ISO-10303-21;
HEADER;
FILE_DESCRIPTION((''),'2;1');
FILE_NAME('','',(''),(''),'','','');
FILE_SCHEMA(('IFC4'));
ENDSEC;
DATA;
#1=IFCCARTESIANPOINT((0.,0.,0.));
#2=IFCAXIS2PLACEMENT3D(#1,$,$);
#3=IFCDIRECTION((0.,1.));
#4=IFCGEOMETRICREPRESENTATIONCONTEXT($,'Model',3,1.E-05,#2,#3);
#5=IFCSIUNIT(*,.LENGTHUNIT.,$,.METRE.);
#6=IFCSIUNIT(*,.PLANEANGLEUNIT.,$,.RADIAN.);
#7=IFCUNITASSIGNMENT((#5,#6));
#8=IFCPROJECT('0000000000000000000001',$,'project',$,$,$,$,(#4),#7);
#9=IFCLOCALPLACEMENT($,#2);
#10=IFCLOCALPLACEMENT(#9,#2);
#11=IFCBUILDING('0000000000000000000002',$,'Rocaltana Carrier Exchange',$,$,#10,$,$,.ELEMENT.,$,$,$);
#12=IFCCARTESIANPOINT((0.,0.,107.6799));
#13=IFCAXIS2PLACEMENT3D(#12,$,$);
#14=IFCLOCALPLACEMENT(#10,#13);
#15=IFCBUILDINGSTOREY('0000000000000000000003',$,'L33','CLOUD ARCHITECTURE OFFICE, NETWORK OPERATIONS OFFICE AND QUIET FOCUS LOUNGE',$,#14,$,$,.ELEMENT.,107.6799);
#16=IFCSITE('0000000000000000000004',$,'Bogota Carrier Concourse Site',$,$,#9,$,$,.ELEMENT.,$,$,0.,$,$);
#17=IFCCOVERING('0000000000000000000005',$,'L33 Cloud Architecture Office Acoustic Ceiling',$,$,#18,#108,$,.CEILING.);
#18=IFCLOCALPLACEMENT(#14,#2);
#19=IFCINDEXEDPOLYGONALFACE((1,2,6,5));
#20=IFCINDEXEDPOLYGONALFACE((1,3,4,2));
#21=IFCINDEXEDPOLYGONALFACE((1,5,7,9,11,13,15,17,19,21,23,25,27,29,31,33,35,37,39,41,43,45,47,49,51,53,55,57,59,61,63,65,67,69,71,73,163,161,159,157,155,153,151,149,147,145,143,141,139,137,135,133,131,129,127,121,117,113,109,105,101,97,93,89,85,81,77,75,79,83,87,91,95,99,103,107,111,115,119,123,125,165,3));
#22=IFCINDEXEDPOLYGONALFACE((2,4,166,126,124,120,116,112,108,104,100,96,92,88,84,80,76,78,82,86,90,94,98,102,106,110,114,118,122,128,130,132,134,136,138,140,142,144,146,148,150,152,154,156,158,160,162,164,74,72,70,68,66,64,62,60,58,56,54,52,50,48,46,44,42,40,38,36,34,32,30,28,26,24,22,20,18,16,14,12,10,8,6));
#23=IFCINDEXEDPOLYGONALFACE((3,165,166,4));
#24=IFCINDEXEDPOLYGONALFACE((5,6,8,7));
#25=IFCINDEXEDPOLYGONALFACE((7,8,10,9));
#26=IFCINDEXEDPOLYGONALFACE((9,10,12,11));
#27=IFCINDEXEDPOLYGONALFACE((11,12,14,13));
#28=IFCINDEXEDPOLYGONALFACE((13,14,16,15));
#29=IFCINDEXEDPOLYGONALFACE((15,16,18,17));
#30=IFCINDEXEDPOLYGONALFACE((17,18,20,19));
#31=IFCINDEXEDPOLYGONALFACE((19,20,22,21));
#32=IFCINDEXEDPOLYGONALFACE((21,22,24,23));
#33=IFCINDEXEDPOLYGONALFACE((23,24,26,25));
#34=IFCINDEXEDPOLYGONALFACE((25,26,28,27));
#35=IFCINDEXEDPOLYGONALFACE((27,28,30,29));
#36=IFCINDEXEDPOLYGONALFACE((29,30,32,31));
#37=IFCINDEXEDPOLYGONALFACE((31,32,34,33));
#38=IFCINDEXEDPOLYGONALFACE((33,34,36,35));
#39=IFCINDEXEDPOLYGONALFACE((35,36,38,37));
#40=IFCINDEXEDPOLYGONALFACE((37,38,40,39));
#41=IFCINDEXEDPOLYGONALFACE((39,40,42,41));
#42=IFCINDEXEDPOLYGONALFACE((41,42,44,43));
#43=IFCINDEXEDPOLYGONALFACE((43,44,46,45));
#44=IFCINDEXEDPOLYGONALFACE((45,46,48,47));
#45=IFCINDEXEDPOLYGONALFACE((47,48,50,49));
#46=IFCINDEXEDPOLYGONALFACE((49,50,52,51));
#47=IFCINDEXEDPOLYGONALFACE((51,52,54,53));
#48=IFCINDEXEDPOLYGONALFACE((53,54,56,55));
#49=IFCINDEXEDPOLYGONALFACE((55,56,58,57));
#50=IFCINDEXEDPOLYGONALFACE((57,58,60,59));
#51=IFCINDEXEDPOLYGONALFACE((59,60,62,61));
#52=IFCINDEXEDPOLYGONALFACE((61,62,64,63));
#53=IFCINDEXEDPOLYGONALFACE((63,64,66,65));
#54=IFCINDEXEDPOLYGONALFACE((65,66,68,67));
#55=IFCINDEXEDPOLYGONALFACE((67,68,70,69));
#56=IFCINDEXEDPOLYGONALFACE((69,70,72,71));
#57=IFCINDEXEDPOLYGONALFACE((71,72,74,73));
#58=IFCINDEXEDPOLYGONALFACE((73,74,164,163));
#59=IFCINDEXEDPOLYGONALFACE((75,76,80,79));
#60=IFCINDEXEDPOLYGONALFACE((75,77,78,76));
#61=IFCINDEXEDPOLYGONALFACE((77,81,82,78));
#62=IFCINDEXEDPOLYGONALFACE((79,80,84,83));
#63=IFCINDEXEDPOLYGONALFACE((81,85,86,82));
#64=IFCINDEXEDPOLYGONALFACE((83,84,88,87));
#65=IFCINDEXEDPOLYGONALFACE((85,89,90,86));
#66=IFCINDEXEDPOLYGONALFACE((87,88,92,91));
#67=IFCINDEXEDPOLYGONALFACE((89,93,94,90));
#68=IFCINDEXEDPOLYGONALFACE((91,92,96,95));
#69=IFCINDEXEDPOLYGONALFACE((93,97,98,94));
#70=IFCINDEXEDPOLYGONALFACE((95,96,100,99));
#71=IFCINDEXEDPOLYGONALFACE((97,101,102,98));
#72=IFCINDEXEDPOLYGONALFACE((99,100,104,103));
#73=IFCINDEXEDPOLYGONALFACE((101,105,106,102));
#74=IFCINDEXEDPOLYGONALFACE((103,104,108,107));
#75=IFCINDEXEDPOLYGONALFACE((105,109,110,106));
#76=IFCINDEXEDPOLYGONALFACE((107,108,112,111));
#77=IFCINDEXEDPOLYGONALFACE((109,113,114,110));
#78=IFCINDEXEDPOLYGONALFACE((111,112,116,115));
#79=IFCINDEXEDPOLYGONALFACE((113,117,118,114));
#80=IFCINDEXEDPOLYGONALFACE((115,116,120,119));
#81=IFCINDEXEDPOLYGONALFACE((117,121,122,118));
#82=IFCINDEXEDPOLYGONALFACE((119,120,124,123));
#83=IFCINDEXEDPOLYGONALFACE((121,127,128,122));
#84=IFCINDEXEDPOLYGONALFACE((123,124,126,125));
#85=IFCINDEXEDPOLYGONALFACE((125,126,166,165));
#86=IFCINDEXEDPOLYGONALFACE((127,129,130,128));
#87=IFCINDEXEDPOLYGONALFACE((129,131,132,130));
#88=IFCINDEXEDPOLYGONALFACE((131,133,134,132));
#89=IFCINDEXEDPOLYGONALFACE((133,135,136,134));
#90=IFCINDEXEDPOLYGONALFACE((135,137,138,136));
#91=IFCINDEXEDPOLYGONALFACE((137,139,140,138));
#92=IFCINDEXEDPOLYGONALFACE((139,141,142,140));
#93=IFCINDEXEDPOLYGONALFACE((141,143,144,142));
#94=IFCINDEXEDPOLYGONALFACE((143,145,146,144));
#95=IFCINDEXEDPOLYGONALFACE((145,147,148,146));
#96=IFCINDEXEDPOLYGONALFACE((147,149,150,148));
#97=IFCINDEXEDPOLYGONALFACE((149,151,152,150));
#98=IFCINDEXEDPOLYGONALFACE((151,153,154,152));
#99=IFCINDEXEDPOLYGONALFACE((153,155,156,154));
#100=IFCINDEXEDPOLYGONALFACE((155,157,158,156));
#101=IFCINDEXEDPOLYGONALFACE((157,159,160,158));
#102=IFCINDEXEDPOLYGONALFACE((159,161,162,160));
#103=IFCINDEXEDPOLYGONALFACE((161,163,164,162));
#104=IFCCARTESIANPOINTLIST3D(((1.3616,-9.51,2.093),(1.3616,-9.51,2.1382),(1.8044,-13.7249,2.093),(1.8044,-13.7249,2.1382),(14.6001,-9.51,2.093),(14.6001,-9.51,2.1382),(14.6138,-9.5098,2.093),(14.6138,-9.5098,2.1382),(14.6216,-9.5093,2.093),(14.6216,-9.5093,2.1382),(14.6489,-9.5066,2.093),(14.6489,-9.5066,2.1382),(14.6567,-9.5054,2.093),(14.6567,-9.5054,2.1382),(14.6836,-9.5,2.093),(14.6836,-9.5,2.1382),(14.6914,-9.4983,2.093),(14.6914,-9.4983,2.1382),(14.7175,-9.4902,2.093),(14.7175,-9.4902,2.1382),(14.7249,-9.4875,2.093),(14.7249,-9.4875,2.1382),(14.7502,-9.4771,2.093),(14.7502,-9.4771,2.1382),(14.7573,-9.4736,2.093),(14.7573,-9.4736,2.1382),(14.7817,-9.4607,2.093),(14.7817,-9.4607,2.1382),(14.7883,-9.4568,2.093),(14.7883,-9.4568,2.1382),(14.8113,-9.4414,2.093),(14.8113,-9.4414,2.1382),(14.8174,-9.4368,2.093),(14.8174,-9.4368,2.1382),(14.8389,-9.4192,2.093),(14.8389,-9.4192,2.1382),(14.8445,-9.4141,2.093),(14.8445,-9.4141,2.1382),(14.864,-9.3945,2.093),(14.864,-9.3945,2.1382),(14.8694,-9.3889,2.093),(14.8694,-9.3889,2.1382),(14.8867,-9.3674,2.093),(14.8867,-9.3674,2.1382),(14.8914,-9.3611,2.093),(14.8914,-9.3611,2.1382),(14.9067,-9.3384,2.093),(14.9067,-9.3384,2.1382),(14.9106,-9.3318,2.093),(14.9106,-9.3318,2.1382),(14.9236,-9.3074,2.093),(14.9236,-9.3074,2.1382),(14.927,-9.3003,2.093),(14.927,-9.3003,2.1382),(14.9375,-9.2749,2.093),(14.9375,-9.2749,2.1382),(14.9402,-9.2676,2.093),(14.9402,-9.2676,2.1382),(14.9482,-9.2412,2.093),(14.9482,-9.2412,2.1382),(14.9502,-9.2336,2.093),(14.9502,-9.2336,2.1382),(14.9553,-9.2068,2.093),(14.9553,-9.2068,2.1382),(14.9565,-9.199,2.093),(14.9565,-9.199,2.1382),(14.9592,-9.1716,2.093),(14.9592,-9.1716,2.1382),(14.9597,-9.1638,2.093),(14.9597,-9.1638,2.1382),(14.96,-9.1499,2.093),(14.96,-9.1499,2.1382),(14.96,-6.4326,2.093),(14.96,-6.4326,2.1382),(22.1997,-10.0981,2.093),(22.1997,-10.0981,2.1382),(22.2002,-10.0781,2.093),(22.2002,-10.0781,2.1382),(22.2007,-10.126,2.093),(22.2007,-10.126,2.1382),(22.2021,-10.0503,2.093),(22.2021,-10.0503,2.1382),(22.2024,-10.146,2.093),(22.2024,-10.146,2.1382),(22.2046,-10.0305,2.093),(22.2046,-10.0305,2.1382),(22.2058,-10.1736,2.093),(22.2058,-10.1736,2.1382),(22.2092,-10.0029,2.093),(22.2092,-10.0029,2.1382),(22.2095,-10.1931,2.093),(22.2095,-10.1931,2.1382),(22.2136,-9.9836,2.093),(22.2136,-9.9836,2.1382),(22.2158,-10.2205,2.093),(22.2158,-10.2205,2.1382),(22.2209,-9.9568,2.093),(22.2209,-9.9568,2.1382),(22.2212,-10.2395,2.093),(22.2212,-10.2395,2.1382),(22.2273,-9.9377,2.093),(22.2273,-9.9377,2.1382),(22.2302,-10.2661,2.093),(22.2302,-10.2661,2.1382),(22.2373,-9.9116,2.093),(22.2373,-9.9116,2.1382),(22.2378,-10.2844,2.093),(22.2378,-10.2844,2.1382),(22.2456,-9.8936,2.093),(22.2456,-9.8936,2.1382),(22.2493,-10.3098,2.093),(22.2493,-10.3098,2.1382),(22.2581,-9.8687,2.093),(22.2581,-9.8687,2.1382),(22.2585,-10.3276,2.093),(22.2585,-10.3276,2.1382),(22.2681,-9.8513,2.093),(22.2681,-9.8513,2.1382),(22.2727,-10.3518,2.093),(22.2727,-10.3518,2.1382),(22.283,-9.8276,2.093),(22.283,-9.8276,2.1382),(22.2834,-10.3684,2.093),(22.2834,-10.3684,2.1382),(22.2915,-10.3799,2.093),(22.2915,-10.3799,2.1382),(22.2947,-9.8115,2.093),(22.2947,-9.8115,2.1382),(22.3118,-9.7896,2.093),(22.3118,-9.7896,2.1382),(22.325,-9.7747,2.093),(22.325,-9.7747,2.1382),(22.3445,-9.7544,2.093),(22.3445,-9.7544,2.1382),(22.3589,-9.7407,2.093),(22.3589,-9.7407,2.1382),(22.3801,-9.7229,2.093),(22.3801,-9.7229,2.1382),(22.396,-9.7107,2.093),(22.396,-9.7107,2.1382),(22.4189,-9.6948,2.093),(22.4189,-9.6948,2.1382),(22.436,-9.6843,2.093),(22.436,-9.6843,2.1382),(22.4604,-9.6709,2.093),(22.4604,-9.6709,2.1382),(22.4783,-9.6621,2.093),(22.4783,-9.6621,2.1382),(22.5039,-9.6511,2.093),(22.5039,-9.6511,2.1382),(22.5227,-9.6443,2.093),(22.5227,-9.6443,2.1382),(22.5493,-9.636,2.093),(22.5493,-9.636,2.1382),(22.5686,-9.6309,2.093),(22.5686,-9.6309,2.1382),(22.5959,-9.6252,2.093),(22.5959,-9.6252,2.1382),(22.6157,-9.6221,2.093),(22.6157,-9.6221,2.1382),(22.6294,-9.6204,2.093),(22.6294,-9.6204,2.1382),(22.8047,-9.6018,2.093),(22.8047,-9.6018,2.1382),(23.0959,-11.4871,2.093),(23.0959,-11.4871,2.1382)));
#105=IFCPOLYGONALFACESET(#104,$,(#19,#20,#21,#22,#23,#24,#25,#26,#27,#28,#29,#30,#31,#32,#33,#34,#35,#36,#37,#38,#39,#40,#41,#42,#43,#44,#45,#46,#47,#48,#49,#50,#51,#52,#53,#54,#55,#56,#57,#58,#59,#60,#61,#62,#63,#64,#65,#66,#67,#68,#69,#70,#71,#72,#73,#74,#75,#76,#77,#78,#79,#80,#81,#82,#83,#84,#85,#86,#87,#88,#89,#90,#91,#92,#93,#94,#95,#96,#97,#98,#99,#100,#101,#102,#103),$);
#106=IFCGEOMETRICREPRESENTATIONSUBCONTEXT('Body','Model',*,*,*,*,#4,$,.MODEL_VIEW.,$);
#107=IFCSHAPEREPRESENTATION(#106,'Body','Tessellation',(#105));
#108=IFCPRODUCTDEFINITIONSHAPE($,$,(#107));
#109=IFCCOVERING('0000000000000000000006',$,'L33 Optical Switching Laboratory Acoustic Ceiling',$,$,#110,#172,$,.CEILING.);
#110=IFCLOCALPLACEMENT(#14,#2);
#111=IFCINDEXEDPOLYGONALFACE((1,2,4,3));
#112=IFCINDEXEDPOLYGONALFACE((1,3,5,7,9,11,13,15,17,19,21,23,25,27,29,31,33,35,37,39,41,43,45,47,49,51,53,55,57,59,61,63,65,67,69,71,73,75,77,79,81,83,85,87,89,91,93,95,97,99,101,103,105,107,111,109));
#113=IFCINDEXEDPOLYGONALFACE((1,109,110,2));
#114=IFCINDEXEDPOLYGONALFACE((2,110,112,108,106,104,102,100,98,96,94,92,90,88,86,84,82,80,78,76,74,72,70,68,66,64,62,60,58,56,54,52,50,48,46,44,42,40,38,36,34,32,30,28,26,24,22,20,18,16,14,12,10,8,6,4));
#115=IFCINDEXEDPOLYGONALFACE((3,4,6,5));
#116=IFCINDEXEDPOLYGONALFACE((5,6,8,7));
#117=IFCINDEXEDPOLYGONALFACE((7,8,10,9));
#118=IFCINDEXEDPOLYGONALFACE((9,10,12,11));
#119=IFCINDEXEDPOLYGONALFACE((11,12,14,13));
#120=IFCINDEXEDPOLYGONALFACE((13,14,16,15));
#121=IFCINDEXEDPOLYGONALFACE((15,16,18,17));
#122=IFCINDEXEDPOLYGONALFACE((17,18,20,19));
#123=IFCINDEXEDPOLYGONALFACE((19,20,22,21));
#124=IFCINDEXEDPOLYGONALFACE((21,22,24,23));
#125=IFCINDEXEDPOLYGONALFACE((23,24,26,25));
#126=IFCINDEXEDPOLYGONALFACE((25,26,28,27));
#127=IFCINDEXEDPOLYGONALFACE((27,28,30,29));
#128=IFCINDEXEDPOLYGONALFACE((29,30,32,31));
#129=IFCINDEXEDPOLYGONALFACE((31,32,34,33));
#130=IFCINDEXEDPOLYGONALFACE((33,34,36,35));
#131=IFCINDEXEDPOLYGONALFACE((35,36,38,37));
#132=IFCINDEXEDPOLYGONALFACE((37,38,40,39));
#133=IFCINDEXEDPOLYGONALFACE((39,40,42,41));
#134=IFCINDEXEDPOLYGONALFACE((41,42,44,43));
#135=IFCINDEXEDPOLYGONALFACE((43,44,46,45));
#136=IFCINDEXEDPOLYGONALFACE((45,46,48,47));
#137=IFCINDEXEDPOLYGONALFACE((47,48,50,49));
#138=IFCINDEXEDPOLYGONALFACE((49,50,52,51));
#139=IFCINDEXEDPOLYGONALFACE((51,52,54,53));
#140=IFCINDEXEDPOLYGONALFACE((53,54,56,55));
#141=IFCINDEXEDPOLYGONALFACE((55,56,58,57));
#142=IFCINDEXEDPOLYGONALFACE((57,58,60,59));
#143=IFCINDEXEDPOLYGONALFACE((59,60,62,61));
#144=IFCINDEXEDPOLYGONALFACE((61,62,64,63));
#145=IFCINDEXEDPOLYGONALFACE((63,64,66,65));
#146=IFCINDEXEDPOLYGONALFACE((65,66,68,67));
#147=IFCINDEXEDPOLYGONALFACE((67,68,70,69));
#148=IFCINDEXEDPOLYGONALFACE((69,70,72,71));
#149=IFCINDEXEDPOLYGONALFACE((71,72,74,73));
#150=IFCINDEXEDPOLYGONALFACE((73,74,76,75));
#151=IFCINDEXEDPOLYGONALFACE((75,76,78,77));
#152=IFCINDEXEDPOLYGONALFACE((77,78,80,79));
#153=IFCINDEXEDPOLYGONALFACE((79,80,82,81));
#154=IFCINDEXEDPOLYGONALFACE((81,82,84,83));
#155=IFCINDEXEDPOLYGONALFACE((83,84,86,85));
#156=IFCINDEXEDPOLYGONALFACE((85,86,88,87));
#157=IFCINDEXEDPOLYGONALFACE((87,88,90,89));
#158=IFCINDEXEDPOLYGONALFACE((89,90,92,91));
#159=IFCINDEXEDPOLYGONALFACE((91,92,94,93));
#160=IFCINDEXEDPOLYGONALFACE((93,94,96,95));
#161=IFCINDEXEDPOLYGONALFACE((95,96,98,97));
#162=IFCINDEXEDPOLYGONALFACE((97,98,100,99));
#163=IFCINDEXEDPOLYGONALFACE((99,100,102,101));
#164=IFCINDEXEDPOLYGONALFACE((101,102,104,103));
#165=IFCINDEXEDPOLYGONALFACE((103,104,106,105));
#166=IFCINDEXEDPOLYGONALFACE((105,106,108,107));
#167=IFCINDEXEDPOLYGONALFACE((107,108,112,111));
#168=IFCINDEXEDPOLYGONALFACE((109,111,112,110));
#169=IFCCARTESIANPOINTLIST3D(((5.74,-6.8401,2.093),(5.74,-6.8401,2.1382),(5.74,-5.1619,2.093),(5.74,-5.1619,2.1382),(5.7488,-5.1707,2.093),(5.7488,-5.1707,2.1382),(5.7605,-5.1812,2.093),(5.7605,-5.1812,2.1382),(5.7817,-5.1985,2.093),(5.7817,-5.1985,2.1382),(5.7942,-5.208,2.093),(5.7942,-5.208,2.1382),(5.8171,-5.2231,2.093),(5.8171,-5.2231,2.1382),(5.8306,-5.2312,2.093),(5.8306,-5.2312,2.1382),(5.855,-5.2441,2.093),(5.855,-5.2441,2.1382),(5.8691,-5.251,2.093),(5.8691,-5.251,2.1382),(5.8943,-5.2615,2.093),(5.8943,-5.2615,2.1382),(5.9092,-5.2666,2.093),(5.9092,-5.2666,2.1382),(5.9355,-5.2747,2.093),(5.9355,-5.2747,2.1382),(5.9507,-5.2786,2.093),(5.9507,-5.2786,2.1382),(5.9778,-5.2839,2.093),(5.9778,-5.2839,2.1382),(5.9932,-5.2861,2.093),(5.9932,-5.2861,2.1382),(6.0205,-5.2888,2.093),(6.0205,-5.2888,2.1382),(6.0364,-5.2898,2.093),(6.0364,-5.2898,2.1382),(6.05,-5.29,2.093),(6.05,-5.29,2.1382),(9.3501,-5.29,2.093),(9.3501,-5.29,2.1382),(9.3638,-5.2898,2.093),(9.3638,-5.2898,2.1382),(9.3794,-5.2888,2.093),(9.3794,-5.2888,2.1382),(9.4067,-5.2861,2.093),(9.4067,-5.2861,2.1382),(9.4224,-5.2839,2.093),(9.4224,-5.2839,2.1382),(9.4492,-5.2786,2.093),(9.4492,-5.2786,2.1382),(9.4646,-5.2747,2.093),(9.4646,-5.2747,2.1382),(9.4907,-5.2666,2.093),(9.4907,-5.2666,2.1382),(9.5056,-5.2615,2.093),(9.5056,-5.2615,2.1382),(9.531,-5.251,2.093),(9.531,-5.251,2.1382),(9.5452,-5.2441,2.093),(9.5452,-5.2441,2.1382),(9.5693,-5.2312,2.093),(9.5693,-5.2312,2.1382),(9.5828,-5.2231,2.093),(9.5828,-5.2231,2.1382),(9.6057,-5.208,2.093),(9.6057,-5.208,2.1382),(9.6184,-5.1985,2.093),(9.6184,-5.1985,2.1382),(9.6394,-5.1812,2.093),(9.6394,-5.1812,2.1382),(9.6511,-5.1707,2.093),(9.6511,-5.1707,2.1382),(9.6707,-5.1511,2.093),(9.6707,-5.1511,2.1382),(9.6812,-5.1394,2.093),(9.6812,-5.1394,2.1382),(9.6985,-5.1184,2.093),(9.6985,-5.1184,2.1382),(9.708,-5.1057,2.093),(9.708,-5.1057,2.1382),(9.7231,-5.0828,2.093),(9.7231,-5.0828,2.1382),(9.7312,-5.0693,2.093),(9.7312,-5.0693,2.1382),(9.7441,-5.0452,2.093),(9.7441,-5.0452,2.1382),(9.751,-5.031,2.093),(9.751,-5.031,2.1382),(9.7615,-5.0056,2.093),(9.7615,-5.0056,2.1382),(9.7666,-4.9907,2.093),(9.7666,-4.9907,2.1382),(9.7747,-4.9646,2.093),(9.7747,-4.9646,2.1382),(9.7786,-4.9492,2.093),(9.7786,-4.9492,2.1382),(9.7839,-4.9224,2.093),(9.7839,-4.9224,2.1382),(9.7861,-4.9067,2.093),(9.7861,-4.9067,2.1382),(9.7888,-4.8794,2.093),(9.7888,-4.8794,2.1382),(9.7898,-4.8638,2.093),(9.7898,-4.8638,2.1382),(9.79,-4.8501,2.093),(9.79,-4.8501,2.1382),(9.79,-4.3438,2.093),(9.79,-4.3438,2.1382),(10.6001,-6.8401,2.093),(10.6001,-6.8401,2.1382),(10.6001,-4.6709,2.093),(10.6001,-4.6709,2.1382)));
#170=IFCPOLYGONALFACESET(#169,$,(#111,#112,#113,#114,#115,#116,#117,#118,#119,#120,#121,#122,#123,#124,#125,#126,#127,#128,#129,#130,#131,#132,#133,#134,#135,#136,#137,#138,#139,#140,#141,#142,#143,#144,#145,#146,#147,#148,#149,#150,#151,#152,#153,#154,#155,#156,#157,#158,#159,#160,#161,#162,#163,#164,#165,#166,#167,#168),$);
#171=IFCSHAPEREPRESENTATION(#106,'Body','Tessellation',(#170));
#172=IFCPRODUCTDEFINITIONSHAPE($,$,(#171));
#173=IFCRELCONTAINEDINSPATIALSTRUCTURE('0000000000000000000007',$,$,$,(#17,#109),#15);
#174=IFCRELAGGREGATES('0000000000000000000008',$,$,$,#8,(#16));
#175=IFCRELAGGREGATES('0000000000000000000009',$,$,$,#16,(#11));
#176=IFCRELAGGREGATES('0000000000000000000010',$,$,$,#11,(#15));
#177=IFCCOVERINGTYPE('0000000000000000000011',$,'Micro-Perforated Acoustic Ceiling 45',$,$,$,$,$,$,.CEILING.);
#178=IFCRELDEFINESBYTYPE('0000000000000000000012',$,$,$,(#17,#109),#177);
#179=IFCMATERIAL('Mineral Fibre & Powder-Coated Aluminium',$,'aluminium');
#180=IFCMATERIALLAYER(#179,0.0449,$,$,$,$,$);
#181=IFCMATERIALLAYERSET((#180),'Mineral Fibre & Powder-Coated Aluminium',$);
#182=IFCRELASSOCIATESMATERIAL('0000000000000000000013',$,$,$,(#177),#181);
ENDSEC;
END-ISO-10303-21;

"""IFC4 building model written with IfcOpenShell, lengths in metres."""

from ifc_helpers import new_model, si_unit, direction, frame, origin, place, context, subcontext, project, spatial, polyline, outline, extrude, material, layer, layer_set, type_object, element, save


model = new_model("IFC4")

# Units and contexts
model_context = context("Model", 3, precision=1e-05, world=origin(), true_north=direction((0.0, 1.0)))
body_context = subcontext(model_context, "Body", "Model", "MODEL_VIEW")
ifc_project = project(units=[si_unit("LENGTHUNIT", "METRE"), si_unit("PLANEANGLEUNIT", "RADIAN")], contexts=[model_context])

# Site, building, storey
site_placement = place(None, origin())
site = spatial("IfcSite", under=ifc_project, at=site_placement, Name="Bogota Carrier Concourse Site", CompositionType="ELEMENT", RefElevation=0.0)
building_placement = place(site_placement, origin())
building = spatial("IfcBuilding", under=site, at=building_placement, Name="Rocaltana Carrier Exchange", CompositionType="ELEMENT")
storey_placement = place(building_placement, frame((0.0, 0.0, 107.6799)))
storey = spatial("IfcBuildingStorey", under=building, at=storey_placement, Name="L33", Description="CLOUD ARCHITECTURE OFFICE, NETWORK OPERATIONS OFFICE AND QUIET FOCUS LOUNGE", CompositionType="ELEMENT", Elevation=107.6799)

# Coverings
ifc_material_1 = material(Name="Mineral Fibre & Powder-Coated Aluminium", Category="aluminium")
ifc_layer_1 = layer(ifc_material_1, 0.0449)
ifc_layer_set_1 = layer_set([ifc_layer_1], Name="Mineral Fibre & Powder-Coated Aluminium")
covering_type_1 = type_object("IfcCoveringType", Name="Micro-Perforated Acoustic Ceiling 45", PredefinedType="CEILING", material=ifc_layer_set_1)
covering_1_placement = place(storey_placement, frame((0.0, 0.0, 2.093)))
element("IfcCovering", 1, at=covering_1_placement, inside=storey, type_object=covering_type_1, Name="L33 Cloud Architecture Office Acoustic Ceiling", PredefinedType="CEILING", context=body_context, shape_type="SweptSolid", body=[
    extrude(outline(polyline([(22.6294, -9.6204), (22.6157, -9.6221), (22.5959, -9.6252), (22.5686, -9.6309), (22.5493, -9.636), (22.5227, -9.6443), (22.5039, -9.6511), (22.4783, -9.6621), (22.4604, -9.6709), (22.436, -9.6843), (22.4189, -9.6948), (22.396, -9.7107), (22.3801, -9.7229), (22.3589, -9.7407), (22.3445, -9.7544), (22.325, -9.7747), (22.3118, -9.7896), (22.2947, -9.8115), (22.283, -9.8276), (22.2681, -9.8513), (22.2581, -9.8687), (22.2456, -9.8936), (22.2373, -9.9116), (22.2273, -9.9377), (22.2209, -9.9568), (22.2136, -9.9836), (22.2092, -10.0029), (22.2046, -10.0305), (22.2021, -10.0503), (22.2002, -10.0781), (22.1997, -10.0981), (22.2007, -10.126), (22.2024, -10.146), (22.2058, -10.1736), (22.2095, -10.1931), (22.2158, -10.2205), (22.2212, -10.2395), (22.2302, -10.2661), (22.2378, -10.2844), (22.2493, -10.3098), (22.2585, -10.3276), (22.2727, -10.3518), (22.2834, -10.3684), (22.2915, -10.3799), (23.0959, -11.4871), (1.8044, -13.7249), (1.3616, -9.51), (14.6001, -9.51), (14.6138, -9.5098), (14.6216, -9.5093), (14.6489, -9.5066), (14.6567, -9.5054), (14.6836, -9.5), (14.6914, -9.4983), (14.7175, -9.4902), (14.7249, -9.4875), (14.7502, -9.4771), (14.7573, -9.4736), (14.7817, -9.4607), (14.7883, -9.4568), (14.8113, -9.4414), (14.8174, -9.4368), (14.8389, -9.4192), (14.8445, -9.4141), (14.864, -9.3945), (14.8694, -9.3889), (14.8867, -9.3674), (14.8914, -9.3611), (14.9067, -9.3384), (14.9106, -9.3318), (14.9236, -9.3074), (14.927, -9.3003), (14.9375, -9.2749), (14.9402, -9.2676), (14.9482, -9.2412), (14.9502, -9.2336), (14.9553, -9.2068), (14.9565, -9.199), (14.9592, -9.1716), (14.9597, -9.1638), (14.96, -9.1499), (14.96, -6.4326), (22.8047, -9.6018), (22.6294, -9.6204)])), origin(), (0.0, 0.0, 1.0), 0.0452),
])
covering_2_placement = place(storey_placement, frame((0.0, 0.0, 2.093)))
element("IfcCovering", 2, at=covering_2_placement, inside=storey, type_object=covering_type_1, Name="L33 Optical Switching Laboratory Acoustic Ceiling", PredefinedType="CEILING", context=body_context, shape_type="SweptSolid", body=[
    extrude(outline(polyline([(5.74, -6.8401), (5.74, -5.1619), (5.7488, -5.1707), (5.7605, -5.1812), (5.7817, -5.1985), (5.7942, -5.208), (5.8171, -5.2231), (5.8306, -5.2312), (5.855, -5.2441), (5.8691, -5.251), (5.8943, -5.2615), (5.9092, -5.2666), (5.9355, -5.2747), (5.9507, -5.2786), (5.9778, -5.2839), (5.9932, -5.2861), (6.0205, -5.2888), (6.0364, -5.2898), (6.05, -5.29), (9.3501, -5.29), (9.3638, -5.2898), (9.3794, -5.2888), (9.4067, -5.2861), (9.4224, -5.2839), (9.4492, -5.2786), (9.4646, -5.2747), (9.4907, -5.2666), (9.5056, -5.2615), (9.531, -5.251), (9.5452, -5.2441), (9.5693, -5.2312), (9.5828, -5.2231), (9.6057, -5.208), (9.6184, -5.1985), (9.6394, -5.1812), (9.6511, -5.1707), (9.6707, -5.1511), (9.6812, -5.1394), (9.6985, -5.1184), (9.708, -5.1057), (9.7231, -5.0828), (9.7312, -5.0693), (9.7441, -5.0452), (9.751, -5.031), (9.7615, -5.0056), (9.7666, -4.9907), (9.7747, -4.9646), (9.7786, -4.9492), (9.7839, -4.9224), (9.7861, -4.9067), (9.7888, -4.8794), (9.7898, -4.8638), (9.79, -4.8501), (9.79, -4.3438), (10.6001, -4.6709), (10.6001, -6.8401), (5.74, -6.8401)])), origin(), (0.0, 0.0, 1.0), 0.0452),
])

save(model, "model.ifc")
